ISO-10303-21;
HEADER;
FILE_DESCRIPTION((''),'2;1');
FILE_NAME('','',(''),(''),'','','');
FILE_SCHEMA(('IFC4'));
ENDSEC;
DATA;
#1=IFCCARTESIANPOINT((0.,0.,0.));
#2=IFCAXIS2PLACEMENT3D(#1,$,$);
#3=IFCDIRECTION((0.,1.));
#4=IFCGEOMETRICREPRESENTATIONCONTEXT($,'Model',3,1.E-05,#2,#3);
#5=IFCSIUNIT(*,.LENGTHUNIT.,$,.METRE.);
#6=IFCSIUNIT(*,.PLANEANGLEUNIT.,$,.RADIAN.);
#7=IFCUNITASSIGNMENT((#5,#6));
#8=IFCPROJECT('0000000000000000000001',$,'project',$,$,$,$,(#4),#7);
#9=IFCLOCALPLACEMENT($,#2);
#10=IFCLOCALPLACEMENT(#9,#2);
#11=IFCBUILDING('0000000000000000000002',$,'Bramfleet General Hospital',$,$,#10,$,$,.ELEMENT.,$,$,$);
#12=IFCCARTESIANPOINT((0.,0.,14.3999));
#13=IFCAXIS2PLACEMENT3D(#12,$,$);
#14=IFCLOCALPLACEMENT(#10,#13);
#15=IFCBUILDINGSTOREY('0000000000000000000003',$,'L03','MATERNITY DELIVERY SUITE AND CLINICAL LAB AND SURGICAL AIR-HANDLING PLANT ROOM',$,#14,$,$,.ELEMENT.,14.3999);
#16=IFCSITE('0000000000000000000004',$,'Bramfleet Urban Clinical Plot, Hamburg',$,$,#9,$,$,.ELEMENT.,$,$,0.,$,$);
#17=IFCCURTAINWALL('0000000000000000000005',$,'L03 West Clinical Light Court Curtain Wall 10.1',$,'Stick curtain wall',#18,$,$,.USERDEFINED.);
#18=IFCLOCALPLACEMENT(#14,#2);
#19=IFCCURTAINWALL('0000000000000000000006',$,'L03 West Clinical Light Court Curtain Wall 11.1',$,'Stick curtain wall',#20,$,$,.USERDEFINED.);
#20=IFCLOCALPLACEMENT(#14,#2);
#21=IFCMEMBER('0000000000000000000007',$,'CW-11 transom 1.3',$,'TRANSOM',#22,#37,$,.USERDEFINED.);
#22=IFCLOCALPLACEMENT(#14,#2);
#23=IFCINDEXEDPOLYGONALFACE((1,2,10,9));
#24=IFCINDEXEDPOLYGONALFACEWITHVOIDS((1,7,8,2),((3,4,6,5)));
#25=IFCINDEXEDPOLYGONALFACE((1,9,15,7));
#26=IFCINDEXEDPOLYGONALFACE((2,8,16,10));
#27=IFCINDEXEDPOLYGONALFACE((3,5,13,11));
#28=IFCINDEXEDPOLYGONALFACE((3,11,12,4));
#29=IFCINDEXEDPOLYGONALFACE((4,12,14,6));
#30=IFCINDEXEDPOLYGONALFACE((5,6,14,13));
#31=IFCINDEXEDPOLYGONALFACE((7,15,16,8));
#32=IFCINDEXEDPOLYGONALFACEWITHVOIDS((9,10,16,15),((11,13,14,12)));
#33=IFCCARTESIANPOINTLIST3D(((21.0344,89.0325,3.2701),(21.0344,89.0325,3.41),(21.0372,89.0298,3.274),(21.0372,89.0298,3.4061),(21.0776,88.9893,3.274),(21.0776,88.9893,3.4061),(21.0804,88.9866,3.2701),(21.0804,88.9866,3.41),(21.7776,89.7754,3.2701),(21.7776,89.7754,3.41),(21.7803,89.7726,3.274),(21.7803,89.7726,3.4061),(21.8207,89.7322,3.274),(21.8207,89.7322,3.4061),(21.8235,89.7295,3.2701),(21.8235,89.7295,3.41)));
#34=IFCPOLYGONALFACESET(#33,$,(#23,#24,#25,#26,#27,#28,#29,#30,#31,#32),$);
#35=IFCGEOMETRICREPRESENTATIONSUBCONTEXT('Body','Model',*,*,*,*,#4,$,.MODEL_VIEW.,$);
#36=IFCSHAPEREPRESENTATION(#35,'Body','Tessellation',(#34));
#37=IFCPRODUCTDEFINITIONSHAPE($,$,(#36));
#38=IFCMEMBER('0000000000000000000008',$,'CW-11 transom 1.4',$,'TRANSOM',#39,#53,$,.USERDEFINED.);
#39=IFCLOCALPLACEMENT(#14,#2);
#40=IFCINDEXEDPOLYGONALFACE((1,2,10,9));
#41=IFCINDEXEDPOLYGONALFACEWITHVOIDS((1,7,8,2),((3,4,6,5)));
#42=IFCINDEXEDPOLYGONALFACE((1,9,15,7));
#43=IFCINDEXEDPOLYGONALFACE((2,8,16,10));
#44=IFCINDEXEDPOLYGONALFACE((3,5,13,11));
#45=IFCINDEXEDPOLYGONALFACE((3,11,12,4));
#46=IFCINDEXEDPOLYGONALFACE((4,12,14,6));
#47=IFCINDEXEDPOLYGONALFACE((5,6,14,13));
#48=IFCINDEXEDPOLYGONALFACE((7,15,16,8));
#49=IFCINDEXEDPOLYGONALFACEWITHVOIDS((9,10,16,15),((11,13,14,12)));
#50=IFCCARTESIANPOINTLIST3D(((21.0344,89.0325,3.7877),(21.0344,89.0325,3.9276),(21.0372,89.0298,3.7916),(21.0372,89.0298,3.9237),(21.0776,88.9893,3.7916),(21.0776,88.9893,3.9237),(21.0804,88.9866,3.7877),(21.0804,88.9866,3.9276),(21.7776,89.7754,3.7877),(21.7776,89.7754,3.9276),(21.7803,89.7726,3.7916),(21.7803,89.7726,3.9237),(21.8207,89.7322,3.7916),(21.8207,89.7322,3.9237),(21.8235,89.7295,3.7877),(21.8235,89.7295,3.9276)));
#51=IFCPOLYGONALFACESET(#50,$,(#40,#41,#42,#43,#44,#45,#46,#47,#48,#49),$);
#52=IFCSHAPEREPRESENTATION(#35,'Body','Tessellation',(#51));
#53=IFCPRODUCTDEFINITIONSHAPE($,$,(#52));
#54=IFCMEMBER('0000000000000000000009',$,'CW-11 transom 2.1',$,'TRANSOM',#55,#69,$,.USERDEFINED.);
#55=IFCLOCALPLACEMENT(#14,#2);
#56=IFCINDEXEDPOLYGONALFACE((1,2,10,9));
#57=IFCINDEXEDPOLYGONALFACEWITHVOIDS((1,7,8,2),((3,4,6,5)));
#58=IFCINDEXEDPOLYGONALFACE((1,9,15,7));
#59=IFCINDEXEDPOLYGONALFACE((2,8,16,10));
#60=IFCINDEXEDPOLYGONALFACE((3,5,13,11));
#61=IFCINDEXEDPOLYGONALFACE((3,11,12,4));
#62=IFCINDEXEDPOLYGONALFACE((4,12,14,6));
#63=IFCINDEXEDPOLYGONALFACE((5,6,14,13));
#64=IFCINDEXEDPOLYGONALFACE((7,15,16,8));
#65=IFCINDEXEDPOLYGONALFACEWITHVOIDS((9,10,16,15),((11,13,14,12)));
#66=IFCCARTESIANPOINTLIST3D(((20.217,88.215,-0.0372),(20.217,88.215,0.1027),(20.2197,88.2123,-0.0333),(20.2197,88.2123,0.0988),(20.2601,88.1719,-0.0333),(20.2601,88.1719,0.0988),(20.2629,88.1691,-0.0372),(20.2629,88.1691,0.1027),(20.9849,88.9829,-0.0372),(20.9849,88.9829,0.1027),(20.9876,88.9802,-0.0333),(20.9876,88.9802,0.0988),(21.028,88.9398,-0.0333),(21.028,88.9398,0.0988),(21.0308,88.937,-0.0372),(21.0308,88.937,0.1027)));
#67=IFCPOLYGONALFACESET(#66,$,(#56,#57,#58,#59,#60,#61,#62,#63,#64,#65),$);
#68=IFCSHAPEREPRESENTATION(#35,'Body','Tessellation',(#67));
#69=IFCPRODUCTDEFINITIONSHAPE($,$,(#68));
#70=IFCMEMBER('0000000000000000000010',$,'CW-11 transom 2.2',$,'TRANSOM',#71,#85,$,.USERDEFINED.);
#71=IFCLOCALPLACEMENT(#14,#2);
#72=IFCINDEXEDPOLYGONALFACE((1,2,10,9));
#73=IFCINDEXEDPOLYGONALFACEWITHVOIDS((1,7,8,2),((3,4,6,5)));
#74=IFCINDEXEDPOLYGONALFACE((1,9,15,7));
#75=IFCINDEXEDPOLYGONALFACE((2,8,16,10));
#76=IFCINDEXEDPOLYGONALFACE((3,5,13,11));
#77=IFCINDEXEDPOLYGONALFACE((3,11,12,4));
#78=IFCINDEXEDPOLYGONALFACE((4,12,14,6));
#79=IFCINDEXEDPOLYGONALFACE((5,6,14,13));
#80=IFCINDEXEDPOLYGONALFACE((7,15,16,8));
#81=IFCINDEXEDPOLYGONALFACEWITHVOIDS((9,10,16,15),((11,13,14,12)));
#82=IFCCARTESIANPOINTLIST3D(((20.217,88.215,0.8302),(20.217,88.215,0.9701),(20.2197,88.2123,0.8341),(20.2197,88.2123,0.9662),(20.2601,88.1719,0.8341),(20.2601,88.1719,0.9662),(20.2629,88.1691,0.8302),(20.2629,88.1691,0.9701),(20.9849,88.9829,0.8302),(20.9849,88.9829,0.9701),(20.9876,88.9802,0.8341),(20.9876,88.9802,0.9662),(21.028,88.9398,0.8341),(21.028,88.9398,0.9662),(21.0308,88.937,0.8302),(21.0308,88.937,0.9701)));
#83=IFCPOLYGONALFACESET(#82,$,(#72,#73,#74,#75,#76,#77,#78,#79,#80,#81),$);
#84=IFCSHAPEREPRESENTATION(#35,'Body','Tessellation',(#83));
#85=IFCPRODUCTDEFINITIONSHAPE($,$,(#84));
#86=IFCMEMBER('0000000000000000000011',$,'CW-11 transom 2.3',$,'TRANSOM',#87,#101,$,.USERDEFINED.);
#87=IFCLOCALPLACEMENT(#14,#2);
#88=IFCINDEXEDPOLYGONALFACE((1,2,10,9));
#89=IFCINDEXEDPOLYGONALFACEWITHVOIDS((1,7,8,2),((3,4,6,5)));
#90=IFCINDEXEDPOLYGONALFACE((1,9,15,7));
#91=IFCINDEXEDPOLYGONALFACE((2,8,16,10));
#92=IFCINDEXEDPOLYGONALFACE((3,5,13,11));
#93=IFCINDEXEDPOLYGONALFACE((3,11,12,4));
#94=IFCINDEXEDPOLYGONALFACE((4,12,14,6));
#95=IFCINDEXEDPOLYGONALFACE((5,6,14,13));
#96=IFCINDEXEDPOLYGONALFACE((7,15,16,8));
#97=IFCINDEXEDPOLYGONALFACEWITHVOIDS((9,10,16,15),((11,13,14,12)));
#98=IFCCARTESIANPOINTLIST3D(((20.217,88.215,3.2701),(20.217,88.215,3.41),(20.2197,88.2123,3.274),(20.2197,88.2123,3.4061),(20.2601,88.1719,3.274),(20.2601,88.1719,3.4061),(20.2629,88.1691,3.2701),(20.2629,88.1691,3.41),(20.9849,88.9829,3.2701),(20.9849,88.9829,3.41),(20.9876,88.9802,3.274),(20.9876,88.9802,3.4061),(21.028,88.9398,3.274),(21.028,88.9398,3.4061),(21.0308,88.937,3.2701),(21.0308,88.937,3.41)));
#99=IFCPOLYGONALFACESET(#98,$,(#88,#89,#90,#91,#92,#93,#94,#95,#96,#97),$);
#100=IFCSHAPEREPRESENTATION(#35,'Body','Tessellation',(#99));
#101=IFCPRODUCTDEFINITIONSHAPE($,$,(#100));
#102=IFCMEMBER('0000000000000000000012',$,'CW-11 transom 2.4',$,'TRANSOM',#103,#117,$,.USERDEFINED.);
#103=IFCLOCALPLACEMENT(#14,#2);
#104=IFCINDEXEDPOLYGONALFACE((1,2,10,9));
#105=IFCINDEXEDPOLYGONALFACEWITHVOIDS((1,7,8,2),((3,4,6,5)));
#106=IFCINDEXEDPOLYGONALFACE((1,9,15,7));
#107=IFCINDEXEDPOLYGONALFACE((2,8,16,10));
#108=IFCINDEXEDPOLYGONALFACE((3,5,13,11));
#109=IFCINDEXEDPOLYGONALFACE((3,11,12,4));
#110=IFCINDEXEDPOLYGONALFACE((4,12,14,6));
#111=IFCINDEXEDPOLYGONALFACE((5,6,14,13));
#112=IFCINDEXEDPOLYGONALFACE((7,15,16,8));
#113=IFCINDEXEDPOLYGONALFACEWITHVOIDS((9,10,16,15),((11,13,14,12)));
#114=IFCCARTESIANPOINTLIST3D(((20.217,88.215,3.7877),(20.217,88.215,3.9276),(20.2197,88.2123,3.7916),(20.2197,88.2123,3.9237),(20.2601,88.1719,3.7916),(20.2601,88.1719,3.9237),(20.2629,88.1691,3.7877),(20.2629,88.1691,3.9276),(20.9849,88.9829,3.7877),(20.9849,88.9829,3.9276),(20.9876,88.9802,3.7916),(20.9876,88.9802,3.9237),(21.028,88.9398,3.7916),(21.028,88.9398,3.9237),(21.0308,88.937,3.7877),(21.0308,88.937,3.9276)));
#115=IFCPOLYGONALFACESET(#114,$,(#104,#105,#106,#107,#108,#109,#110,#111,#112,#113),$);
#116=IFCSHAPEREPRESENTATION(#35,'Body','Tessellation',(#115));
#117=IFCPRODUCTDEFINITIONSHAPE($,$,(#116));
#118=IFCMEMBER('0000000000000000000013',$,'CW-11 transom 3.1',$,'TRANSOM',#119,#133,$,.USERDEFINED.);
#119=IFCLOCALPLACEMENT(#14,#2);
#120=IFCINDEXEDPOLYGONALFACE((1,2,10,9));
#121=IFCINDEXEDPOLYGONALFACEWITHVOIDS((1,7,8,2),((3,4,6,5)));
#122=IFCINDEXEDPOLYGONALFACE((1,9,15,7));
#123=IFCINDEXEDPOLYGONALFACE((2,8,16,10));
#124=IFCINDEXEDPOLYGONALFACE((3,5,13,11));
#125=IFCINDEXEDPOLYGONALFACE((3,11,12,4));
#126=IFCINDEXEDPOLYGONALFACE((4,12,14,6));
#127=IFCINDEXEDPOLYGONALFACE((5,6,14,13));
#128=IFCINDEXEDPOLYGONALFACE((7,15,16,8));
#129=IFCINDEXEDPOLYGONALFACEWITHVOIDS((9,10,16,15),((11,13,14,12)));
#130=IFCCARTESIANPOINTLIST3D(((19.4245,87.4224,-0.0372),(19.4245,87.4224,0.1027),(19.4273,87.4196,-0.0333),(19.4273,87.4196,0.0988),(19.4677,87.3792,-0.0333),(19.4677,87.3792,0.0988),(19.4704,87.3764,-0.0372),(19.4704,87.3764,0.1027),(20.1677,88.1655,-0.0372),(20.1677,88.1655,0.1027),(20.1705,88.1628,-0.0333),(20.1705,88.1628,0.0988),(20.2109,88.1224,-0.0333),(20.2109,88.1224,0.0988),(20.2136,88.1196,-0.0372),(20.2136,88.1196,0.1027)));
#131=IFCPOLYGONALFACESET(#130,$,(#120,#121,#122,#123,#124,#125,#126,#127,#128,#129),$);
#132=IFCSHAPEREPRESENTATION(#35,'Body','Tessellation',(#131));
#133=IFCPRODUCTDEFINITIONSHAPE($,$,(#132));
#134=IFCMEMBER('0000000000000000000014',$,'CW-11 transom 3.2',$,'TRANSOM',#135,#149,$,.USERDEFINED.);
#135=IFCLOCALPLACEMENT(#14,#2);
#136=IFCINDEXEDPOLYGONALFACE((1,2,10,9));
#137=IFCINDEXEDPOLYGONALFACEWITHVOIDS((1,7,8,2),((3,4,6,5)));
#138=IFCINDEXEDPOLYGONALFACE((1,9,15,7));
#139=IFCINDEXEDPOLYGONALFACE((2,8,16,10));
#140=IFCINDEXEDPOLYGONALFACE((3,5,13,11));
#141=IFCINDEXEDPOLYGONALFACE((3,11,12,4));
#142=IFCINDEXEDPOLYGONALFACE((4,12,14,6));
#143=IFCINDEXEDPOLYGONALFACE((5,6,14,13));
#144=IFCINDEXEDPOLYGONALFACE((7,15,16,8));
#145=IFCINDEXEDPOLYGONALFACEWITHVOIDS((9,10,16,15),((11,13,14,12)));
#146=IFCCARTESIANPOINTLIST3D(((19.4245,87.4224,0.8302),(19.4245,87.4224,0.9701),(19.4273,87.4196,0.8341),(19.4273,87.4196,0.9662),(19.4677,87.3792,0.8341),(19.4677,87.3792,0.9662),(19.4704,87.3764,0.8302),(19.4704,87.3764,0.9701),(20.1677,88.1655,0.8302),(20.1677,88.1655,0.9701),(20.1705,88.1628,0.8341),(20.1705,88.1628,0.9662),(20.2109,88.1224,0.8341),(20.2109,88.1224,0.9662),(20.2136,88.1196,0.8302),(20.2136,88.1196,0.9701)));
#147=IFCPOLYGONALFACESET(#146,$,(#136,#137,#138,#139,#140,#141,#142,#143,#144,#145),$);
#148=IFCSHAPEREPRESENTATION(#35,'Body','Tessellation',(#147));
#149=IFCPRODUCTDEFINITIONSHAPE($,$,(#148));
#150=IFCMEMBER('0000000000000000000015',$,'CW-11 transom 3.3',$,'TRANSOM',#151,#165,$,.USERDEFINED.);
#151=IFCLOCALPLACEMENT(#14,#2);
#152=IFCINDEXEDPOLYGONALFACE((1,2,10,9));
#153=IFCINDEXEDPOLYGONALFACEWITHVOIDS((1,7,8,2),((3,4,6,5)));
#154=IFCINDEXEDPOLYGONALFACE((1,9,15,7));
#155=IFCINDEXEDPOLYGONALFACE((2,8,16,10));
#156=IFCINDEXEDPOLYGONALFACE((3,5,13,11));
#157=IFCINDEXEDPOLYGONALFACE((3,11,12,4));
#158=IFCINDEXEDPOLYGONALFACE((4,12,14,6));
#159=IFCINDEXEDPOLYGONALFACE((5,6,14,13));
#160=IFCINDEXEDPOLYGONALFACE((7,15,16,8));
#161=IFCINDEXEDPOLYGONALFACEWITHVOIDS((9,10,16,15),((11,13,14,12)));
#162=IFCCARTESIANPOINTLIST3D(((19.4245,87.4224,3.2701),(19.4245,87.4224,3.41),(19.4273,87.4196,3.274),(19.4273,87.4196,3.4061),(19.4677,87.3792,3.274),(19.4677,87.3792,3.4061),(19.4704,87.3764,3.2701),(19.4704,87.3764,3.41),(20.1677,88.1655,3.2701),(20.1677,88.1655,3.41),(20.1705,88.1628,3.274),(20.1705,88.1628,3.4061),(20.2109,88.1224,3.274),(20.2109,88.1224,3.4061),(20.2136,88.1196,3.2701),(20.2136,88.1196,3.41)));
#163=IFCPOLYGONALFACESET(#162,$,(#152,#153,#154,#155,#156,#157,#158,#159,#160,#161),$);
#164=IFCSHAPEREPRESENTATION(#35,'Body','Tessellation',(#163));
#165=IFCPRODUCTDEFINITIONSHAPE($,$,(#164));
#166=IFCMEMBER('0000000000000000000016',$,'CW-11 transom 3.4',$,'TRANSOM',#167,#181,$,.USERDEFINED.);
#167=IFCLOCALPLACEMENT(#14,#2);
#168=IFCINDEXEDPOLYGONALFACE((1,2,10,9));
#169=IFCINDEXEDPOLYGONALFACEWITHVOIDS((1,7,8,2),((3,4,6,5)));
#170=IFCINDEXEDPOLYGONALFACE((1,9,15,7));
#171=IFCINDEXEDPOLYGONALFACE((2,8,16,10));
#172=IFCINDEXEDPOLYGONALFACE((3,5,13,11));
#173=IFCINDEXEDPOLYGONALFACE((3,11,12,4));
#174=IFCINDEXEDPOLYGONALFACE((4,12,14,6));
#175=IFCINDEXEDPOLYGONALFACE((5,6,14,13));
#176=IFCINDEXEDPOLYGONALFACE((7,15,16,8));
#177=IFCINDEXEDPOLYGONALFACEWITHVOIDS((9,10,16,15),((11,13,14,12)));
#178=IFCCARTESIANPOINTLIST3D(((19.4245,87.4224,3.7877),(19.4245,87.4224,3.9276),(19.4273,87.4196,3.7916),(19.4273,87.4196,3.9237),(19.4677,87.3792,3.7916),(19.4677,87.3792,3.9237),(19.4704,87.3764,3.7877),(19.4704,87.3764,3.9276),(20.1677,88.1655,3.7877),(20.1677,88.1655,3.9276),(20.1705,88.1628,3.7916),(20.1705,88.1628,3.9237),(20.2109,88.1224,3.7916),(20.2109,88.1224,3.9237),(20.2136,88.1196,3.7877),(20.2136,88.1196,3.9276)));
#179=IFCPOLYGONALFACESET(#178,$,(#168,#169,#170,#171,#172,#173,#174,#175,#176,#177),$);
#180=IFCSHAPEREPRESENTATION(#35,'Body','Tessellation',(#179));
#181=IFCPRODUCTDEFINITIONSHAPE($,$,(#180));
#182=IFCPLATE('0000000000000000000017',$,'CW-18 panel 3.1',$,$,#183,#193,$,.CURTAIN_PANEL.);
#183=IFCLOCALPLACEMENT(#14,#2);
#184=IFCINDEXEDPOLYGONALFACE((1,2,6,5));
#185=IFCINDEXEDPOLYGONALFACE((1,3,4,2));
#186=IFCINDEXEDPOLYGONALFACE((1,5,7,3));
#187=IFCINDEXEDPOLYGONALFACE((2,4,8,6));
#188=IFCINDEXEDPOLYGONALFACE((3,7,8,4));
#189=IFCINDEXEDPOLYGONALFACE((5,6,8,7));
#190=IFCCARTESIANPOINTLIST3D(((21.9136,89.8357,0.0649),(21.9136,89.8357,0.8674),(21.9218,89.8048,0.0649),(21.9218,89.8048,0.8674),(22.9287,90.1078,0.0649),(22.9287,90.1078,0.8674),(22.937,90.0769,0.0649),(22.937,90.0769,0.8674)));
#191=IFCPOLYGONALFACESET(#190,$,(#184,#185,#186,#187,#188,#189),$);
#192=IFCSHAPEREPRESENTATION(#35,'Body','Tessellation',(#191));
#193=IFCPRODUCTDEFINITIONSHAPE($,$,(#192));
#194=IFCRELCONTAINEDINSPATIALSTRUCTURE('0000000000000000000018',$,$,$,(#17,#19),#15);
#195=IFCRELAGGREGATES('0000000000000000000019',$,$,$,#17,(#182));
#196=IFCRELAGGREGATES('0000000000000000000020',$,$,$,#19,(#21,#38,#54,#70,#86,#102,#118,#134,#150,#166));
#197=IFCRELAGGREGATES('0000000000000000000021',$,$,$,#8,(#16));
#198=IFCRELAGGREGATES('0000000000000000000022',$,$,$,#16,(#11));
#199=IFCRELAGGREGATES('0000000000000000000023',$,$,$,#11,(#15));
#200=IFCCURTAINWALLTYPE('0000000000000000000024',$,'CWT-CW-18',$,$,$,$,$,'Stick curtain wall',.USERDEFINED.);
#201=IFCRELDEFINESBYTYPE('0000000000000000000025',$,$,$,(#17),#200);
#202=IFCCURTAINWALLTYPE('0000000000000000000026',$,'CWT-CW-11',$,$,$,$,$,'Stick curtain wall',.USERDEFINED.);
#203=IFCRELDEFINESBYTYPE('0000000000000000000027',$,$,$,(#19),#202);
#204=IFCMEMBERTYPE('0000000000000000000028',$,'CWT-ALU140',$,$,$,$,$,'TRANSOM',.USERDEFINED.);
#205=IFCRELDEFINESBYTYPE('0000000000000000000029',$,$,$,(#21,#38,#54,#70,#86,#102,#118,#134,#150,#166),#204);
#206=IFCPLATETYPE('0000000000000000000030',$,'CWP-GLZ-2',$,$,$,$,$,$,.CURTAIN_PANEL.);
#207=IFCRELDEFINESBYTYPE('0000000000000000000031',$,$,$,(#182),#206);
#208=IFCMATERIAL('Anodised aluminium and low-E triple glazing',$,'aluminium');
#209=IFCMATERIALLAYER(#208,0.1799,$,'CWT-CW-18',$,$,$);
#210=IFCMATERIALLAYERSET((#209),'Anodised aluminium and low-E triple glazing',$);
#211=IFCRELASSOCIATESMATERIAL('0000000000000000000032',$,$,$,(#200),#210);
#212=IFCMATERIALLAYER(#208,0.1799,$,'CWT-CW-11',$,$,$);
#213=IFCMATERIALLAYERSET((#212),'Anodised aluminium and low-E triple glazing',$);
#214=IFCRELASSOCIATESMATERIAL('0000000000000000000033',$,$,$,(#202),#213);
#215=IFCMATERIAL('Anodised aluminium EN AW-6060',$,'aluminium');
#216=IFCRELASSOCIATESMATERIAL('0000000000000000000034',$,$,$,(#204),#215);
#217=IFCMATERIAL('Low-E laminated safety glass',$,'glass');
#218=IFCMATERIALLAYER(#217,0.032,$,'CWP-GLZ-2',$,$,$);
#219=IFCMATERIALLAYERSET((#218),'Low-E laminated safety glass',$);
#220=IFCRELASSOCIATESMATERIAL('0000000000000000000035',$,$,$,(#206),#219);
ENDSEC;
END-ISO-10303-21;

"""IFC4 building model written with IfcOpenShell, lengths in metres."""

from ifc_helpers import new_model, si_unit, direction, frame, origin, origin_2d, place, context, subcontext, project, spatial, rectangle, hollow_rectangle, extrude, material, layer, layer_set, material_profile, profile_set, type_object, element, aggregate, save


model = new_model("IFC4")

# Units and contexts
model_context = context("Model", 3, precision=1e-05, world=origin(), true_north=direction((0.0, 1.0)))
body_context = subcontext(model_context, "Body", "Model", "MODEL_VIEW")
ifc_project = project(units=[si_unit("LENGTHUNIT", "METRE"), si_unit("PLANEANGLEUNIT", "RADIAN")], contexts=[model_context])

# Site, building, storey
site_placement = place(None, origin())
site = spatial("IfcSite", under=ifc_project, at=site_placement, Name="Bramfleet Urban Clinical Plot, Hamburg", CompositionType="ELEMENT", RefElevation=0.0)
building_placement = place(site_placement, origin())
building = spatial("IfcBuilding", under=site, at=building_placement, Name="Bramfleet General Hospital", CompositionType="ELEMENT")
storey_placement = place(building_placement, frame((0.0, 0.0, 14.3999)))
storey = spatial("IfcBuildingStorey", under=building, at=storey_placement, Name="L03", Description="MATERNITY DELIVERY SUITE AND CLINICAL LAB AND SURGICAL AIR-HANDLING PLANT ROOM", CompositionType="ELEMENT", Elevation=14.3999)

# Curtain wall
ifc_material_1 = material(Name="Anodised aluminium and low-E triple glazing", Category="aluminium")
ifc_layer_1 = layer(ifc_material_1, 0.1799, Name="CWT-CW-18")
ifc_layer_set_1 = layer_set([ifc_layer_1], Name="Anodised aluminium and low-E triple glazing")
curtain_wall_type_1 = type_object("IfcCurtainWallType", Name="CWT-CW-18", ElementType="Stick curtain wall", PredefinedType="USERDEFINED", material=ifc_layer_set_1)
curtain_wall_1_placement = place(storey_placement, origin())
curtain_wall_1 = element("IfcCurtainWall", 1, at=curtain_wall_1_placement, inside=storey, type_object=curtain_wall_type_1, Name="L03 West Clinical Light Court Curtain Wall 10.1", ObjectType="Stick curtain wall", PredefinedType="USERDEFINED")
ifc_material_2 = material(Name="Anodised aluminium EN AW-6060", Category="aluminium")

# Curtain wall
ifc_layer_2 = layer(ifc_material_1, 0.1799, Name="CWT-CW-11")
ifc_layer_set_2 = layer_set([ifc_layer_2], Name="Anodised aluminium and low-E triple glazing")
curtain_wall_type_2 = type_object("IfcCurtainWallType", Name="CWT-CW-11", ElementType="Stick curtain wall", PredefinedType="USERDEFINED", material=ifc_layer_set_2)
curtain_wall_2_placement = place(storey_placement, origin())
curtain_wall_2 = element("IfcCurtainWall", 2, at=curtain_wall_2_placement, inside=storey, type_object=curtain_wall_type_2, Name="L03 West Clinical Light Court Curtain Wall 11.1", ObjectType="Stick curtain wall", PredefinedType="USERDEFINED")

# Members
ifc_material_profile_1 = material_profile(ifc_material_2, hollow_rectangle(XDim=0.0649, YDim=0.1399, WallThickness=0.0039, at=origin_2d()), Name="ALU 140x65x4.0")
ifc_profile_set_1 = profile_set([ifc_material_profile_1], Name="Anodised aluminium EN AW-6060")
member_type_1 = type_object("IfcMemberType", Name="CWT-ALU140", ElementType="TRANSOM", PredefinedType="USERDEFINED", material=ifc_profile_set_1)
member_1_placement = place(storey_placement, frame((21.8005, 89.7524, 3.3401), z_axis=(-0.707223, -0.706991, 0.0), x_axis=(0.706991, -0.707223, 0.0)))
member_1 = element("IfcMember", 3, at=member_1_placement, type_object=member_type_1, Name="CW-11 transom 1.3", ObjectType="TRANSOM", PredefinedType="USERDEFINED", context=body_context, shape_type="SweptSolid", body=[
    extrude(hollow_rectangle(XDim=0.0649, YDim=0.1399, WallThickness=0.0039, at=origin_2d()), origin(), (0.0, 0.0, 1.0), 1.0508),
])
member_2_placement = place(storey_placement, frame((21.8005, 89.7524, 3.8577), z_axis=(-0.707223, -0.706991, 0.0), x_axis=(0.706991, -0.707223, 0.0)))
member_2 = element("IfcMember", 4, at=member_2_placement, type_object=member_type_1, Name="CW-11 transom 1.4", ObjectType="TRANSOM", PredefinedType="USERDEFINED", context=body_context, shape_type="SweptSolid", body=[
    extrude(hollow_rectangle(XDim=0.0649, YDim=0.1399, WallThickness=0.0039, at=origin_2d()), origin(), (0.0, 0.0, 1.0), 1.0508),
])
member_3_placement = place(storey_placement, frame((21.0078, 88.96, 0.0327), z_axis=(-0.707107, -0.707107, 0.0), x_axis=(0.707107, -0.707107, 0.0)))
member_3 = element("IfcMember", 5, at=member_3_placement, type_object=member_type_1, Name="CW-11 transom 2.1", ObjectType="TRANSOM", PredefinedType="USERDEFINED", context=body_context, shape_type="SweptSolid", body=[
    extrude(hollow_rectangle(XDim=0.0649, YDim=0.1399, WallThickness=0.0039, at=origin_2d()), origin(), (0.0, 0.0, 1.0), 1.0859),
])
member_4_placement = place(storey_placement, frame((21.0078, 88.96, 0.9001), z_axis=(-0.707107, -0.707107, 0.0), x_axis=(0.707107, -0.707107, 0.0)))
member_4 = element("IfcMember", 6, at=member_4_placement, type_object=member_type_1, Name="CW-11 transom 2.2", ObjectType="TRANSOM", PredefinedType="USERDEFINED", context=body_context, shape_type="SweptSolid", body=[
    extrude(hollow_rectangle(XDim=0.0649, YDim=0.1399, WallThickness=0.0039, at=origin_2d()), origin(), (0.0, 0.0, 1.0), 1.0859),
])
member_5_placement = place(storey_placement, frame((21.0078, 88.96, 3.3401), z_axis=(-0.707107, -0.707107, 0.0), x_axis=(0.707107, -0.707107, 0.0)))
member_5 = element("IfcMember", 7, at=member_5_placement, type_object=member_type_1, Name="CW-11 transom 2.3", ObjectType="TRANSOM", PredefinedType="USERDEFINED", context=body_context, shape_type="SweptSolid", body=[
    extrude(hollow_rectangle(XDim=0.0649, YDim=0.1399, WallThickness=0.0039, at=origin_2d()), origin(), (0.0, 0.0, 1.0), 1.0859),
])
member_6_placement = place(storey_placement, frame((21.0078, 88.96, 3.8577), z_axis=(-0.707107, -0.707107, 0.0), x_axis=(0.707107, -0.707107, 0.0)))
member_6 = element("IfcMember", 8, at=member_6_placement, type_object=member_type_1, Name="CW-11 transom 2.4", ObjectType="TRANSOM", PredefinedType="USERDEFINED", context=body_context, shape_type="SweptSolid", body=[
    extrude(hollow_rectangle(XDim=0.0649, YDim=0.1399, WallThickness=0.0039, at=origin_2d()), origin(), (0.0, 0.0, 1.0), 1.0859),
])
member_7_placement = place(storey_placement, frame((20.1907, 88.1426, 0.0327), z_axis=(-0.707107, -0.707107, 0.0), x_axis=(0.707107, -0.707107, 0.0)))
member_7 = element("IfcMember", 9, at=member_7_placement, type_object=member_type_1, Name="CW-11 transom 3.1", ObjectType="TRANSOM", PredefinedType="USERDEFINED", context=body_context, shape_type="SweptSolid", body=[
    extrude(hollow_rectangle(XDim=0.0649, YDim=0.1399, WallThickness=0.0039, at=origin_2d()), origin(), (0.0, 0.0, 1.0), 1.051),
])
member_8_placement = place(storey_placement, frame((20.1907, 88.1426, 0.9001), z_axis=(-0.707107, -0.707107, 0.0), x_axis=(0.707107, -0.707107, 0.0)))
member_8 = element("IfcMember", 10, at=member_8_placement, type_object=member_type_1, Name="CW-11 transom 3.2", ObjectType="TRANSOM", PredefinedType="USERDEFINED", context=body_context, shape_type="SweptSolid", body=[
    extrude(hollow_rectangle(XDim=0.0649, YDim=0.1399, WallThickness=0.0039, at=origin_2d()), origin(), (0.0, 0.0, 1.0), 1.051),
])
member_9_placement = place(storey_placement, frame((20.1907, 88.1426, 3.3401), z_axis=(-0.707107, -0.707107, 0.0), x_axis=(0.707107, -0.707107, 0.0)))
member_9 = element("IfcMember", 11, at=member_9_placement, type_object=member_type_1, Name="CW-11 transom 3.3", ObjectType="TRANSOM", PredefinedType="USERDEFINED", context=body_context, shape_type="SweptSolid", body=[
    extrude(hollow_rectangle(XDim=0.0649, YDim=0.1399, WallThickness=0.0039, at=origin_2d()), origin(), (0.0, 0.0, 1.0), 1.051),
])
member_10_placement = place(storey_placement, frame((20.1907, 88.1426, 3.8577), z_axis=(-0.707107, -0.707107, 0.0), x_axis=(0.707107, -0.707107, 0.0)))
member_10 = element("IfcMember", 12, at=member_10_placement, type_object=member_type_1, Name="CW-11 transom 3.4", ObjectType="TRANSOM", PredefinedType="USERDEFINED", context=body_context, shape_type="SweptSolid", body=[
    extrude(hollow_rectangle(XDim=0.0649, YDim=0.1399, WallThickness=0.0039, at=origin_2d()), origin(), (0.0, 0.0, 1.0), 1.051),
])

# Plate
ifc_material_3 = material(Name="Low-E laminated safety glass", Category="glass")
ifc_layer_3 = layer(ifc_material_3, 0.032, Name="CWP-GLZ-2")
ifc_layer_set_3 = layer_set([ifc_layer_3], Name="Low-E laminated safety glass")
plate_type = type_object("IfcPlateType", Name="CWP-GLZ-2", PredefinedType="CURTAIN_PANEL", material=ifc_layer_set_3)
plate_1_placement = place(storey_placement, frame((22.4253, 89.9563, 0.0649), z_axis=(0.0, 0.0, 1.0), x_axis=(-0.965899, -0.258919, 0.0)))
plate_1 = element("IfcPlate", 13, at=plate_1_placement, type_object=plate_type, Name="CW-18 panel 3.1", PredefinedType="CURTAIN_PANEL", context=body_context, shape_type="SweptSolid", body=[
    extrude(rectangle(XDim=1.051, YDim=0.032, at=origin_2d()), origin(), (0.0, 0.0, 1.0), 0.8025),
])
aggregate(curtain_wall_1, [plate_1])
aggregate(curtain_wall_2, [member_1, member_2, member_3, member_4, member_5, member_6, member_7, member_8, member_9, member_10])

save(model, "model.ifc")
